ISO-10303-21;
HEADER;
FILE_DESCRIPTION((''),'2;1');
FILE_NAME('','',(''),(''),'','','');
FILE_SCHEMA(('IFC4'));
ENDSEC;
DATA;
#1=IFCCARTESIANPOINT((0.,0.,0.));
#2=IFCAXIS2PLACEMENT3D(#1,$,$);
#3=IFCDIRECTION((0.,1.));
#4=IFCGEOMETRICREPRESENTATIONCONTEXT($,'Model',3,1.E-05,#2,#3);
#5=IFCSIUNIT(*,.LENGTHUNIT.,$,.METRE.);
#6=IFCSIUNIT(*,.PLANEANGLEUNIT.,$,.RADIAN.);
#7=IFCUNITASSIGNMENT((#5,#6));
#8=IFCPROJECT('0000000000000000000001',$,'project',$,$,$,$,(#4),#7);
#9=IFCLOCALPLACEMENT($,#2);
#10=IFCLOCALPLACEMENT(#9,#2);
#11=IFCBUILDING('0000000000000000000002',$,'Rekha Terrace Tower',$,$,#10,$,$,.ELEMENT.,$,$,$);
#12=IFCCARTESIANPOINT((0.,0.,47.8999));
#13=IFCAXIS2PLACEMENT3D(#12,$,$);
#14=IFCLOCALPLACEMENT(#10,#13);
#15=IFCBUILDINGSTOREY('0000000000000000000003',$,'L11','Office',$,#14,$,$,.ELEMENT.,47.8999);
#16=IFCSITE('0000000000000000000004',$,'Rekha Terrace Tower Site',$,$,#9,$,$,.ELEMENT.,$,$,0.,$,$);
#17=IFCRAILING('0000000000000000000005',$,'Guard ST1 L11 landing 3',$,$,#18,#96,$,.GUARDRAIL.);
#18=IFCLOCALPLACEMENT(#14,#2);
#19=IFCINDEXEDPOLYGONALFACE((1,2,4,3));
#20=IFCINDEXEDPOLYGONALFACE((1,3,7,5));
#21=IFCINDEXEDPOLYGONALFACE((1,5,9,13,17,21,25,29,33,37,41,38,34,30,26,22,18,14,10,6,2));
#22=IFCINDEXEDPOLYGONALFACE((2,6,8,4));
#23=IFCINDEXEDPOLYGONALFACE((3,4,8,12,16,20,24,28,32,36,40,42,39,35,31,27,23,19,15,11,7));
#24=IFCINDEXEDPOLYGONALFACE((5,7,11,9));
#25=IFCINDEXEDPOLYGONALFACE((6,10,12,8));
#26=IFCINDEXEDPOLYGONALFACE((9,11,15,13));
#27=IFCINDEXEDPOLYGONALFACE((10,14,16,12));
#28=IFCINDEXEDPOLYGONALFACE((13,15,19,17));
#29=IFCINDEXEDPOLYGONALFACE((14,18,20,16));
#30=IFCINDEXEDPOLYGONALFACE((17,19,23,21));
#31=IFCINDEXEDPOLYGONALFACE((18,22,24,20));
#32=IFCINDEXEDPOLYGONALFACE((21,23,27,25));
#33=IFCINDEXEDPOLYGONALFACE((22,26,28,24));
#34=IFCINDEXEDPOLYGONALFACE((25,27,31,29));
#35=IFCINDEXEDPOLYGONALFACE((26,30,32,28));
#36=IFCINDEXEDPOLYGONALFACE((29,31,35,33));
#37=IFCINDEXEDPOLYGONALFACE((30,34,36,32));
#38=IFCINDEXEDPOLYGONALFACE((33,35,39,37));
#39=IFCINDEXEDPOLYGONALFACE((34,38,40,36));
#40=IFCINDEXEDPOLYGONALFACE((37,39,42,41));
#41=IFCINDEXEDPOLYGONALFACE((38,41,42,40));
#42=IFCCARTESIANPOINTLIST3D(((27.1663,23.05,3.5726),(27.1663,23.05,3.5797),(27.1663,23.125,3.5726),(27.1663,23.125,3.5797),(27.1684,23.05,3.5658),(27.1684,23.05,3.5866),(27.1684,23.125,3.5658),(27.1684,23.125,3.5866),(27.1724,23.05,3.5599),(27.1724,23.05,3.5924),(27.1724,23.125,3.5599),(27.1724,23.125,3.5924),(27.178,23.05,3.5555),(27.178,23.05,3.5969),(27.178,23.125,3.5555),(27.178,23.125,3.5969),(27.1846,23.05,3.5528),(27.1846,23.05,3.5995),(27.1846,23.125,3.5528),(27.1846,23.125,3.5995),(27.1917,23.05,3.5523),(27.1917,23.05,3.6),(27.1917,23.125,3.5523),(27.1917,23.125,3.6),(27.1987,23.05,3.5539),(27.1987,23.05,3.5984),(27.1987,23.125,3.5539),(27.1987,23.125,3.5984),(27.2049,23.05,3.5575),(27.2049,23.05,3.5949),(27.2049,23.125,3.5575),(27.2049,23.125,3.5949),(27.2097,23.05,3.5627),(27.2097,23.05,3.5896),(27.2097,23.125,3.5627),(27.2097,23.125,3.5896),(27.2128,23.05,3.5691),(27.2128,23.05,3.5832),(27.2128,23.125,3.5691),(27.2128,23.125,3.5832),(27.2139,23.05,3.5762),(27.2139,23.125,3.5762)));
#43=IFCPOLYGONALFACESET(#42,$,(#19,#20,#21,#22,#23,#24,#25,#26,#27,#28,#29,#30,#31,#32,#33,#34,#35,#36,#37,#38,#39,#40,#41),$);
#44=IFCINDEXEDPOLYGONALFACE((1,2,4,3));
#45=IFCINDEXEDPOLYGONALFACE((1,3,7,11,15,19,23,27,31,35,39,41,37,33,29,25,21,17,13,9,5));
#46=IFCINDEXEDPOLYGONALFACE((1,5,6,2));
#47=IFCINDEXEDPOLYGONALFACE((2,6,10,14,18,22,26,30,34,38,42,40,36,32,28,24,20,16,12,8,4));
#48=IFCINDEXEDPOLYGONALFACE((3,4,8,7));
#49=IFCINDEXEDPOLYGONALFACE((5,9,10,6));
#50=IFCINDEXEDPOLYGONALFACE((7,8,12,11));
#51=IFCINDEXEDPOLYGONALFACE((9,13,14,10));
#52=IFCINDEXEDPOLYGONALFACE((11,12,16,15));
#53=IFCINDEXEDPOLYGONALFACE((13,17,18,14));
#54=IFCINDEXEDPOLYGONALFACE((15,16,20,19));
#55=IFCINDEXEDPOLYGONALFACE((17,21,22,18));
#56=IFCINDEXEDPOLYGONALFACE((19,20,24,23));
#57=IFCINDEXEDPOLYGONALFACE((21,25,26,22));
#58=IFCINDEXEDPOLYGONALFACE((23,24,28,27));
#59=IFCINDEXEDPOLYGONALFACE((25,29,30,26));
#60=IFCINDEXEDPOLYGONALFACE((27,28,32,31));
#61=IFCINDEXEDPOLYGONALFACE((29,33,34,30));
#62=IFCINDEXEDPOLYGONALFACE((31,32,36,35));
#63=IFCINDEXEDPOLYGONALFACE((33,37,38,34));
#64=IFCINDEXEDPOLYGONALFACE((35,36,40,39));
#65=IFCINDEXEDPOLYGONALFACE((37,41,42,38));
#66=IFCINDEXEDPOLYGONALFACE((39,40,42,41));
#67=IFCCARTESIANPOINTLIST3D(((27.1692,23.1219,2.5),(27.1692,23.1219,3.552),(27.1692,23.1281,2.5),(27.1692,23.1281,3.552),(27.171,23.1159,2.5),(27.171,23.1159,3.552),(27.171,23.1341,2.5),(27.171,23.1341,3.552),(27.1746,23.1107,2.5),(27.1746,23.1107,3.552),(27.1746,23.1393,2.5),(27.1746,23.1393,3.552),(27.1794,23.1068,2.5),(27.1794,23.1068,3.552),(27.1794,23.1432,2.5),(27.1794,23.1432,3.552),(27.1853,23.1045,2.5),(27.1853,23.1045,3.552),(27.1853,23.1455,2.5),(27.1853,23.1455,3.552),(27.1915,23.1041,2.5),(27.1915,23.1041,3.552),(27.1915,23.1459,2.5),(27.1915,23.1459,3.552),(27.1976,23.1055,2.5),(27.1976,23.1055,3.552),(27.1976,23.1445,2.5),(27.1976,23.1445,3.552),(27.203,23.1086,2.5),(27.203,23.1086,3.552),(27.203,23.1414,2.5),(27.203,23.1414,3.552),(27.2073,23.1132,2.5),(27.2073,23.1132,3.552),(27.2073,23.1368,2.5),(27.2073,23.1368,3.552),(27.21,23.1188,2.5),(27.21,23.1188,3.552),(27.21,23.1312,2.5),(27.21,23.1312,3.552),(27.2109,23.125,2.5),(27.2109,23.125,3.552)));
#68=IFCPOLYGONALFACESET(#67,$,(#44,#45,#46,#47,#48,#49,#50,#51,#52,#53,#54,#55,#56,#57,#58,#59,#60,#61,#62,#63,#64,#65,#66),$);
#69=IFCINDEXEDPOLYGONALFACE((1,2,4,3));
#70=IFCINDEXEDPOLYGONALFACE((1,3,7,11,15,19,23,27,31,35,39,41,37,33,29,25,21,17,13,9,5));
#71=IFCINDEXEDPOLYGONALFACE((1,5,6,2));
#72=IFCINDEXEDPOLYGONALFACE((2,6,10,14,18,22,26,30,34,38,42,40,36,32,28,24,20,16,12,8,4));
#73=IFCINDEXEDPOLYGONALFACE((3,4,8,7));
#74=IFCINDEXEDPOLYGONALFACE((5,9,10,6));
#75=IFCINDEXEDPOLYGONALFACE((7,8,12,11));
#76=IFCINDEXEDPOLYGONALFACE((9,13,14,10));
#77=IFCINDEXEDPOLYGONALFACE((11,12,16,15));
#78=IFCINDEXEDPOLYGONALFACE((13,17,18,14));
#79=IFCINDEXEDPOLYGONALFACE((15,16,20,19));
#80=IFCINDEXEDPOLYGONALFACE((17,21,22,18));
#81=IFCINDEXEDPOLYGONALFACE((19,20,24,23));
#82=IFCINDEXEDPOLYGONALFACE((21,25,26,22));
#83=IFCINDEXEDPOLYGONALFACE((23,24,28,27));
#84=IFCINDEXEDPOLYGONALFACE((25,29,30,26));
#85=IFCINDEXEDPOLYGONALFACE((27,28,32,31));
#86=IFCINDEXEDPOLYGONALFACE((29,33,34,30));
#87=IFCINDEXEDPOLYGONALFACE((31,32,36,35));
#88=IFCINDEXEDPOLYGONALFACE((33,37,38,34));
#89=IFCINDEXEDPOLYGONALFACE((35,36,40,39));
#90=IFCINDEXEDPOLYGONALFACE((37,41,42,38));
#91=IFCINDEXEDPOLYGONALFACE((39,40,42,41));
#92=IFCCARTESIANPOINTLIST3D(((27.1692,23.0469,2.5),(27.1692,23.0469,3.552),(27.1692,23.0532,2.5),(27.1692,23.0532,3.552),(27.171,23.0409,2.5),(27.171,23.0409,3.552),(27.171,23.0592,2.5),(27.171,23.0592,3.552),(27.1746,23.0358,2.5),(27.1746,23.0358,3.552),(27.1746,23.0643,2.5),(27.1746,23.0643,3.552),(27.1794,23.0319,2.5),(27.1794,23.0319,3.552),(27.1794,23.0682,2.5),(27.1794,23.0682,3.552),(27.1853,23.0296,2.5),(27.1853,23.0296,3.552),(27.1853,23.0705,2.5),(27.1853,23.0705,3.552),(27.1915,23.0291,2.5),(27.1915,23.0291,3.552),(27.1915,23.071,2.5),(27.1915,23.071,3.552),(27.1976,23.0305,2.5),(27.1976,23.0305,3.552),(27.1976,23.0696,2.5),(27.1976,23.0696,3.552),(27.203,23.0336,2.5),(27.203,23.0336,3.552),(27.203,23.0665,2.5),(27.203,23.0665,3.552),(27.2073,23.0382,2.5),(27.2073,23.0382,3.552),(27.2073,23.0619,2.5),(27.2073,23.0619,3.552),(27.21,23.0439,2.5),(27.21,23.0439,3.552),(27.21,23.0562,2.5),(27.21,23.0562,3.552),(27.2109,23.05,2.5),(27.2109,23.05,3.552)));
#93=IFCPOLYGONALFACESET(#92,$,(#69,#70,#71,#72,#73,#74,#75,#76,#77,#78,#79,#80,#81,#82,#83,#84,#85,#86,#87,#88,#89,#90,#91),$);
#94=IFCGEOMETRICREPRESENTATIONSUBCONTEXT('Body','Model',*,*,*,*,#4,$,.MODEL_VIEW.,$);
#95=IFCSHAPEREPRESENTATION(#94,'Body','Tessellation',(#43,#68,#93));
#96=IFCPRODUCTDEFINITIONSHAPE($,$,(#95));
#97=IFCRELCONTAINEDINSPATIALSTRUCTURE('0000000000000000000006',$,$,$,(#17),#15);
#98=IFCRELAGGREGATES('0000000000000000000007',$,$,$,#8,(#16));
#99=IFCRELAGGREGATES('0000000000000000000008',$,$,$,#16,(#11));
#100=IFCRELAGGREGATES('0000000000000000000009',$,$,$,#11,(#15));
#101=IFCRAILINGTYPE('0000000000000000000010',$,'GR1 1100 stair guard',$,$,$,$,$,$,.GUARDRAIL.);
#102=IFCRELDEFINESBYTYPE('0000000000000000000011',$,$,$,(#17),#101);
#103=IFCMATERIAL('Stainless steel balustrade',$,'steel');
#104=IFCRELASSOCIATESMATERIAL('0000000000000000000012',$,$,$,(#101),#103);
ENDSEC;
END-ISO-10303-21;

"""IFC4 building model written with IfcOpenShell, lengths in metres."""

from ifc_helpers import new_model, si_unit, direction, frame, origin, origin_2d, place, context, subcontext, project, spatial, circle, extrude, material, type_object, element, save


model = new_model("IFC4")

# Units and contexts
model_context = context("Model", 3, precision=1e-05, world=origin(), true_north=direction((0.0, 1.0)))
body_context = subcontext(model_context, "Body", "Model", "MODEL_VIEW")
ifc_project = project(units=[si_unit("LENGTHUNIT", "METRE"), si_unit("PLANEANGLEUNIT", "RADIAN")], contexts=[model_context])

# Site, building, storey
site_placement = place(None, origin())
site = spatial("IfcSite", under=ifc_project, at=site_placement, Name="Rekha Terrace Tower Site", CompositionType="ELEMENT", RefElevation=0.0)
building_placement = place(site_placement, origin())
building = spatial("IfcBuilding", under=site, at=building_placement, Name="Rekha Terrace Tower", CompositionType="ELEMENT")
storey_placement = place(building_placement, frame((0.0, 0.0, 47.8999)))
storey = spatial("IfcBuildingStorey", under=building, at=storey_placement, Name="L11", Description="Office", CompositionType="ELEMENT", Elevation=47.8999)

# Railing
ifc_material_1 = material(Name="Stainless steel balustrade", Category="steel")
railing_type_1 = type_object("IfcRailingType", Name="GR1 1100 stair guard", PredefinedType="GUARDRAIL", material=ifc_material_1)
railing_1_placement = place(storey_placement, frame((27.1899, 23.125, 2.5)))
element("IfcRailing", 1, at=railing_1_placement, inside=storey, type_object=railing_type_1, Name="Guard ST1 L11 landing 3", PredefinedType="GUARDRAIL", context=body_context, shape_type="SweptSolid", body=[
    extrude(circle(Radius=0.0239, at=origin_2d()), frame((0.0, 0.0, 1.0762), z_axis=(0.0, -1.0, 0.0), x_axis=(1.0, 0.0, 0.0)), (0.0, 0.0, 1.0), 0.075),
    extrude(circle(Radius=0.021, at=origin_2d()), origin(), (0.0, 0.0, 1.0), 1.052),
    extrude(circle(Radius=0.021, at=origin_2d()), frame((0.0, -0.075, 0.0)), (0.0, 0.0, 1.0), 1.052),
])

save(model, "model.ifc")
